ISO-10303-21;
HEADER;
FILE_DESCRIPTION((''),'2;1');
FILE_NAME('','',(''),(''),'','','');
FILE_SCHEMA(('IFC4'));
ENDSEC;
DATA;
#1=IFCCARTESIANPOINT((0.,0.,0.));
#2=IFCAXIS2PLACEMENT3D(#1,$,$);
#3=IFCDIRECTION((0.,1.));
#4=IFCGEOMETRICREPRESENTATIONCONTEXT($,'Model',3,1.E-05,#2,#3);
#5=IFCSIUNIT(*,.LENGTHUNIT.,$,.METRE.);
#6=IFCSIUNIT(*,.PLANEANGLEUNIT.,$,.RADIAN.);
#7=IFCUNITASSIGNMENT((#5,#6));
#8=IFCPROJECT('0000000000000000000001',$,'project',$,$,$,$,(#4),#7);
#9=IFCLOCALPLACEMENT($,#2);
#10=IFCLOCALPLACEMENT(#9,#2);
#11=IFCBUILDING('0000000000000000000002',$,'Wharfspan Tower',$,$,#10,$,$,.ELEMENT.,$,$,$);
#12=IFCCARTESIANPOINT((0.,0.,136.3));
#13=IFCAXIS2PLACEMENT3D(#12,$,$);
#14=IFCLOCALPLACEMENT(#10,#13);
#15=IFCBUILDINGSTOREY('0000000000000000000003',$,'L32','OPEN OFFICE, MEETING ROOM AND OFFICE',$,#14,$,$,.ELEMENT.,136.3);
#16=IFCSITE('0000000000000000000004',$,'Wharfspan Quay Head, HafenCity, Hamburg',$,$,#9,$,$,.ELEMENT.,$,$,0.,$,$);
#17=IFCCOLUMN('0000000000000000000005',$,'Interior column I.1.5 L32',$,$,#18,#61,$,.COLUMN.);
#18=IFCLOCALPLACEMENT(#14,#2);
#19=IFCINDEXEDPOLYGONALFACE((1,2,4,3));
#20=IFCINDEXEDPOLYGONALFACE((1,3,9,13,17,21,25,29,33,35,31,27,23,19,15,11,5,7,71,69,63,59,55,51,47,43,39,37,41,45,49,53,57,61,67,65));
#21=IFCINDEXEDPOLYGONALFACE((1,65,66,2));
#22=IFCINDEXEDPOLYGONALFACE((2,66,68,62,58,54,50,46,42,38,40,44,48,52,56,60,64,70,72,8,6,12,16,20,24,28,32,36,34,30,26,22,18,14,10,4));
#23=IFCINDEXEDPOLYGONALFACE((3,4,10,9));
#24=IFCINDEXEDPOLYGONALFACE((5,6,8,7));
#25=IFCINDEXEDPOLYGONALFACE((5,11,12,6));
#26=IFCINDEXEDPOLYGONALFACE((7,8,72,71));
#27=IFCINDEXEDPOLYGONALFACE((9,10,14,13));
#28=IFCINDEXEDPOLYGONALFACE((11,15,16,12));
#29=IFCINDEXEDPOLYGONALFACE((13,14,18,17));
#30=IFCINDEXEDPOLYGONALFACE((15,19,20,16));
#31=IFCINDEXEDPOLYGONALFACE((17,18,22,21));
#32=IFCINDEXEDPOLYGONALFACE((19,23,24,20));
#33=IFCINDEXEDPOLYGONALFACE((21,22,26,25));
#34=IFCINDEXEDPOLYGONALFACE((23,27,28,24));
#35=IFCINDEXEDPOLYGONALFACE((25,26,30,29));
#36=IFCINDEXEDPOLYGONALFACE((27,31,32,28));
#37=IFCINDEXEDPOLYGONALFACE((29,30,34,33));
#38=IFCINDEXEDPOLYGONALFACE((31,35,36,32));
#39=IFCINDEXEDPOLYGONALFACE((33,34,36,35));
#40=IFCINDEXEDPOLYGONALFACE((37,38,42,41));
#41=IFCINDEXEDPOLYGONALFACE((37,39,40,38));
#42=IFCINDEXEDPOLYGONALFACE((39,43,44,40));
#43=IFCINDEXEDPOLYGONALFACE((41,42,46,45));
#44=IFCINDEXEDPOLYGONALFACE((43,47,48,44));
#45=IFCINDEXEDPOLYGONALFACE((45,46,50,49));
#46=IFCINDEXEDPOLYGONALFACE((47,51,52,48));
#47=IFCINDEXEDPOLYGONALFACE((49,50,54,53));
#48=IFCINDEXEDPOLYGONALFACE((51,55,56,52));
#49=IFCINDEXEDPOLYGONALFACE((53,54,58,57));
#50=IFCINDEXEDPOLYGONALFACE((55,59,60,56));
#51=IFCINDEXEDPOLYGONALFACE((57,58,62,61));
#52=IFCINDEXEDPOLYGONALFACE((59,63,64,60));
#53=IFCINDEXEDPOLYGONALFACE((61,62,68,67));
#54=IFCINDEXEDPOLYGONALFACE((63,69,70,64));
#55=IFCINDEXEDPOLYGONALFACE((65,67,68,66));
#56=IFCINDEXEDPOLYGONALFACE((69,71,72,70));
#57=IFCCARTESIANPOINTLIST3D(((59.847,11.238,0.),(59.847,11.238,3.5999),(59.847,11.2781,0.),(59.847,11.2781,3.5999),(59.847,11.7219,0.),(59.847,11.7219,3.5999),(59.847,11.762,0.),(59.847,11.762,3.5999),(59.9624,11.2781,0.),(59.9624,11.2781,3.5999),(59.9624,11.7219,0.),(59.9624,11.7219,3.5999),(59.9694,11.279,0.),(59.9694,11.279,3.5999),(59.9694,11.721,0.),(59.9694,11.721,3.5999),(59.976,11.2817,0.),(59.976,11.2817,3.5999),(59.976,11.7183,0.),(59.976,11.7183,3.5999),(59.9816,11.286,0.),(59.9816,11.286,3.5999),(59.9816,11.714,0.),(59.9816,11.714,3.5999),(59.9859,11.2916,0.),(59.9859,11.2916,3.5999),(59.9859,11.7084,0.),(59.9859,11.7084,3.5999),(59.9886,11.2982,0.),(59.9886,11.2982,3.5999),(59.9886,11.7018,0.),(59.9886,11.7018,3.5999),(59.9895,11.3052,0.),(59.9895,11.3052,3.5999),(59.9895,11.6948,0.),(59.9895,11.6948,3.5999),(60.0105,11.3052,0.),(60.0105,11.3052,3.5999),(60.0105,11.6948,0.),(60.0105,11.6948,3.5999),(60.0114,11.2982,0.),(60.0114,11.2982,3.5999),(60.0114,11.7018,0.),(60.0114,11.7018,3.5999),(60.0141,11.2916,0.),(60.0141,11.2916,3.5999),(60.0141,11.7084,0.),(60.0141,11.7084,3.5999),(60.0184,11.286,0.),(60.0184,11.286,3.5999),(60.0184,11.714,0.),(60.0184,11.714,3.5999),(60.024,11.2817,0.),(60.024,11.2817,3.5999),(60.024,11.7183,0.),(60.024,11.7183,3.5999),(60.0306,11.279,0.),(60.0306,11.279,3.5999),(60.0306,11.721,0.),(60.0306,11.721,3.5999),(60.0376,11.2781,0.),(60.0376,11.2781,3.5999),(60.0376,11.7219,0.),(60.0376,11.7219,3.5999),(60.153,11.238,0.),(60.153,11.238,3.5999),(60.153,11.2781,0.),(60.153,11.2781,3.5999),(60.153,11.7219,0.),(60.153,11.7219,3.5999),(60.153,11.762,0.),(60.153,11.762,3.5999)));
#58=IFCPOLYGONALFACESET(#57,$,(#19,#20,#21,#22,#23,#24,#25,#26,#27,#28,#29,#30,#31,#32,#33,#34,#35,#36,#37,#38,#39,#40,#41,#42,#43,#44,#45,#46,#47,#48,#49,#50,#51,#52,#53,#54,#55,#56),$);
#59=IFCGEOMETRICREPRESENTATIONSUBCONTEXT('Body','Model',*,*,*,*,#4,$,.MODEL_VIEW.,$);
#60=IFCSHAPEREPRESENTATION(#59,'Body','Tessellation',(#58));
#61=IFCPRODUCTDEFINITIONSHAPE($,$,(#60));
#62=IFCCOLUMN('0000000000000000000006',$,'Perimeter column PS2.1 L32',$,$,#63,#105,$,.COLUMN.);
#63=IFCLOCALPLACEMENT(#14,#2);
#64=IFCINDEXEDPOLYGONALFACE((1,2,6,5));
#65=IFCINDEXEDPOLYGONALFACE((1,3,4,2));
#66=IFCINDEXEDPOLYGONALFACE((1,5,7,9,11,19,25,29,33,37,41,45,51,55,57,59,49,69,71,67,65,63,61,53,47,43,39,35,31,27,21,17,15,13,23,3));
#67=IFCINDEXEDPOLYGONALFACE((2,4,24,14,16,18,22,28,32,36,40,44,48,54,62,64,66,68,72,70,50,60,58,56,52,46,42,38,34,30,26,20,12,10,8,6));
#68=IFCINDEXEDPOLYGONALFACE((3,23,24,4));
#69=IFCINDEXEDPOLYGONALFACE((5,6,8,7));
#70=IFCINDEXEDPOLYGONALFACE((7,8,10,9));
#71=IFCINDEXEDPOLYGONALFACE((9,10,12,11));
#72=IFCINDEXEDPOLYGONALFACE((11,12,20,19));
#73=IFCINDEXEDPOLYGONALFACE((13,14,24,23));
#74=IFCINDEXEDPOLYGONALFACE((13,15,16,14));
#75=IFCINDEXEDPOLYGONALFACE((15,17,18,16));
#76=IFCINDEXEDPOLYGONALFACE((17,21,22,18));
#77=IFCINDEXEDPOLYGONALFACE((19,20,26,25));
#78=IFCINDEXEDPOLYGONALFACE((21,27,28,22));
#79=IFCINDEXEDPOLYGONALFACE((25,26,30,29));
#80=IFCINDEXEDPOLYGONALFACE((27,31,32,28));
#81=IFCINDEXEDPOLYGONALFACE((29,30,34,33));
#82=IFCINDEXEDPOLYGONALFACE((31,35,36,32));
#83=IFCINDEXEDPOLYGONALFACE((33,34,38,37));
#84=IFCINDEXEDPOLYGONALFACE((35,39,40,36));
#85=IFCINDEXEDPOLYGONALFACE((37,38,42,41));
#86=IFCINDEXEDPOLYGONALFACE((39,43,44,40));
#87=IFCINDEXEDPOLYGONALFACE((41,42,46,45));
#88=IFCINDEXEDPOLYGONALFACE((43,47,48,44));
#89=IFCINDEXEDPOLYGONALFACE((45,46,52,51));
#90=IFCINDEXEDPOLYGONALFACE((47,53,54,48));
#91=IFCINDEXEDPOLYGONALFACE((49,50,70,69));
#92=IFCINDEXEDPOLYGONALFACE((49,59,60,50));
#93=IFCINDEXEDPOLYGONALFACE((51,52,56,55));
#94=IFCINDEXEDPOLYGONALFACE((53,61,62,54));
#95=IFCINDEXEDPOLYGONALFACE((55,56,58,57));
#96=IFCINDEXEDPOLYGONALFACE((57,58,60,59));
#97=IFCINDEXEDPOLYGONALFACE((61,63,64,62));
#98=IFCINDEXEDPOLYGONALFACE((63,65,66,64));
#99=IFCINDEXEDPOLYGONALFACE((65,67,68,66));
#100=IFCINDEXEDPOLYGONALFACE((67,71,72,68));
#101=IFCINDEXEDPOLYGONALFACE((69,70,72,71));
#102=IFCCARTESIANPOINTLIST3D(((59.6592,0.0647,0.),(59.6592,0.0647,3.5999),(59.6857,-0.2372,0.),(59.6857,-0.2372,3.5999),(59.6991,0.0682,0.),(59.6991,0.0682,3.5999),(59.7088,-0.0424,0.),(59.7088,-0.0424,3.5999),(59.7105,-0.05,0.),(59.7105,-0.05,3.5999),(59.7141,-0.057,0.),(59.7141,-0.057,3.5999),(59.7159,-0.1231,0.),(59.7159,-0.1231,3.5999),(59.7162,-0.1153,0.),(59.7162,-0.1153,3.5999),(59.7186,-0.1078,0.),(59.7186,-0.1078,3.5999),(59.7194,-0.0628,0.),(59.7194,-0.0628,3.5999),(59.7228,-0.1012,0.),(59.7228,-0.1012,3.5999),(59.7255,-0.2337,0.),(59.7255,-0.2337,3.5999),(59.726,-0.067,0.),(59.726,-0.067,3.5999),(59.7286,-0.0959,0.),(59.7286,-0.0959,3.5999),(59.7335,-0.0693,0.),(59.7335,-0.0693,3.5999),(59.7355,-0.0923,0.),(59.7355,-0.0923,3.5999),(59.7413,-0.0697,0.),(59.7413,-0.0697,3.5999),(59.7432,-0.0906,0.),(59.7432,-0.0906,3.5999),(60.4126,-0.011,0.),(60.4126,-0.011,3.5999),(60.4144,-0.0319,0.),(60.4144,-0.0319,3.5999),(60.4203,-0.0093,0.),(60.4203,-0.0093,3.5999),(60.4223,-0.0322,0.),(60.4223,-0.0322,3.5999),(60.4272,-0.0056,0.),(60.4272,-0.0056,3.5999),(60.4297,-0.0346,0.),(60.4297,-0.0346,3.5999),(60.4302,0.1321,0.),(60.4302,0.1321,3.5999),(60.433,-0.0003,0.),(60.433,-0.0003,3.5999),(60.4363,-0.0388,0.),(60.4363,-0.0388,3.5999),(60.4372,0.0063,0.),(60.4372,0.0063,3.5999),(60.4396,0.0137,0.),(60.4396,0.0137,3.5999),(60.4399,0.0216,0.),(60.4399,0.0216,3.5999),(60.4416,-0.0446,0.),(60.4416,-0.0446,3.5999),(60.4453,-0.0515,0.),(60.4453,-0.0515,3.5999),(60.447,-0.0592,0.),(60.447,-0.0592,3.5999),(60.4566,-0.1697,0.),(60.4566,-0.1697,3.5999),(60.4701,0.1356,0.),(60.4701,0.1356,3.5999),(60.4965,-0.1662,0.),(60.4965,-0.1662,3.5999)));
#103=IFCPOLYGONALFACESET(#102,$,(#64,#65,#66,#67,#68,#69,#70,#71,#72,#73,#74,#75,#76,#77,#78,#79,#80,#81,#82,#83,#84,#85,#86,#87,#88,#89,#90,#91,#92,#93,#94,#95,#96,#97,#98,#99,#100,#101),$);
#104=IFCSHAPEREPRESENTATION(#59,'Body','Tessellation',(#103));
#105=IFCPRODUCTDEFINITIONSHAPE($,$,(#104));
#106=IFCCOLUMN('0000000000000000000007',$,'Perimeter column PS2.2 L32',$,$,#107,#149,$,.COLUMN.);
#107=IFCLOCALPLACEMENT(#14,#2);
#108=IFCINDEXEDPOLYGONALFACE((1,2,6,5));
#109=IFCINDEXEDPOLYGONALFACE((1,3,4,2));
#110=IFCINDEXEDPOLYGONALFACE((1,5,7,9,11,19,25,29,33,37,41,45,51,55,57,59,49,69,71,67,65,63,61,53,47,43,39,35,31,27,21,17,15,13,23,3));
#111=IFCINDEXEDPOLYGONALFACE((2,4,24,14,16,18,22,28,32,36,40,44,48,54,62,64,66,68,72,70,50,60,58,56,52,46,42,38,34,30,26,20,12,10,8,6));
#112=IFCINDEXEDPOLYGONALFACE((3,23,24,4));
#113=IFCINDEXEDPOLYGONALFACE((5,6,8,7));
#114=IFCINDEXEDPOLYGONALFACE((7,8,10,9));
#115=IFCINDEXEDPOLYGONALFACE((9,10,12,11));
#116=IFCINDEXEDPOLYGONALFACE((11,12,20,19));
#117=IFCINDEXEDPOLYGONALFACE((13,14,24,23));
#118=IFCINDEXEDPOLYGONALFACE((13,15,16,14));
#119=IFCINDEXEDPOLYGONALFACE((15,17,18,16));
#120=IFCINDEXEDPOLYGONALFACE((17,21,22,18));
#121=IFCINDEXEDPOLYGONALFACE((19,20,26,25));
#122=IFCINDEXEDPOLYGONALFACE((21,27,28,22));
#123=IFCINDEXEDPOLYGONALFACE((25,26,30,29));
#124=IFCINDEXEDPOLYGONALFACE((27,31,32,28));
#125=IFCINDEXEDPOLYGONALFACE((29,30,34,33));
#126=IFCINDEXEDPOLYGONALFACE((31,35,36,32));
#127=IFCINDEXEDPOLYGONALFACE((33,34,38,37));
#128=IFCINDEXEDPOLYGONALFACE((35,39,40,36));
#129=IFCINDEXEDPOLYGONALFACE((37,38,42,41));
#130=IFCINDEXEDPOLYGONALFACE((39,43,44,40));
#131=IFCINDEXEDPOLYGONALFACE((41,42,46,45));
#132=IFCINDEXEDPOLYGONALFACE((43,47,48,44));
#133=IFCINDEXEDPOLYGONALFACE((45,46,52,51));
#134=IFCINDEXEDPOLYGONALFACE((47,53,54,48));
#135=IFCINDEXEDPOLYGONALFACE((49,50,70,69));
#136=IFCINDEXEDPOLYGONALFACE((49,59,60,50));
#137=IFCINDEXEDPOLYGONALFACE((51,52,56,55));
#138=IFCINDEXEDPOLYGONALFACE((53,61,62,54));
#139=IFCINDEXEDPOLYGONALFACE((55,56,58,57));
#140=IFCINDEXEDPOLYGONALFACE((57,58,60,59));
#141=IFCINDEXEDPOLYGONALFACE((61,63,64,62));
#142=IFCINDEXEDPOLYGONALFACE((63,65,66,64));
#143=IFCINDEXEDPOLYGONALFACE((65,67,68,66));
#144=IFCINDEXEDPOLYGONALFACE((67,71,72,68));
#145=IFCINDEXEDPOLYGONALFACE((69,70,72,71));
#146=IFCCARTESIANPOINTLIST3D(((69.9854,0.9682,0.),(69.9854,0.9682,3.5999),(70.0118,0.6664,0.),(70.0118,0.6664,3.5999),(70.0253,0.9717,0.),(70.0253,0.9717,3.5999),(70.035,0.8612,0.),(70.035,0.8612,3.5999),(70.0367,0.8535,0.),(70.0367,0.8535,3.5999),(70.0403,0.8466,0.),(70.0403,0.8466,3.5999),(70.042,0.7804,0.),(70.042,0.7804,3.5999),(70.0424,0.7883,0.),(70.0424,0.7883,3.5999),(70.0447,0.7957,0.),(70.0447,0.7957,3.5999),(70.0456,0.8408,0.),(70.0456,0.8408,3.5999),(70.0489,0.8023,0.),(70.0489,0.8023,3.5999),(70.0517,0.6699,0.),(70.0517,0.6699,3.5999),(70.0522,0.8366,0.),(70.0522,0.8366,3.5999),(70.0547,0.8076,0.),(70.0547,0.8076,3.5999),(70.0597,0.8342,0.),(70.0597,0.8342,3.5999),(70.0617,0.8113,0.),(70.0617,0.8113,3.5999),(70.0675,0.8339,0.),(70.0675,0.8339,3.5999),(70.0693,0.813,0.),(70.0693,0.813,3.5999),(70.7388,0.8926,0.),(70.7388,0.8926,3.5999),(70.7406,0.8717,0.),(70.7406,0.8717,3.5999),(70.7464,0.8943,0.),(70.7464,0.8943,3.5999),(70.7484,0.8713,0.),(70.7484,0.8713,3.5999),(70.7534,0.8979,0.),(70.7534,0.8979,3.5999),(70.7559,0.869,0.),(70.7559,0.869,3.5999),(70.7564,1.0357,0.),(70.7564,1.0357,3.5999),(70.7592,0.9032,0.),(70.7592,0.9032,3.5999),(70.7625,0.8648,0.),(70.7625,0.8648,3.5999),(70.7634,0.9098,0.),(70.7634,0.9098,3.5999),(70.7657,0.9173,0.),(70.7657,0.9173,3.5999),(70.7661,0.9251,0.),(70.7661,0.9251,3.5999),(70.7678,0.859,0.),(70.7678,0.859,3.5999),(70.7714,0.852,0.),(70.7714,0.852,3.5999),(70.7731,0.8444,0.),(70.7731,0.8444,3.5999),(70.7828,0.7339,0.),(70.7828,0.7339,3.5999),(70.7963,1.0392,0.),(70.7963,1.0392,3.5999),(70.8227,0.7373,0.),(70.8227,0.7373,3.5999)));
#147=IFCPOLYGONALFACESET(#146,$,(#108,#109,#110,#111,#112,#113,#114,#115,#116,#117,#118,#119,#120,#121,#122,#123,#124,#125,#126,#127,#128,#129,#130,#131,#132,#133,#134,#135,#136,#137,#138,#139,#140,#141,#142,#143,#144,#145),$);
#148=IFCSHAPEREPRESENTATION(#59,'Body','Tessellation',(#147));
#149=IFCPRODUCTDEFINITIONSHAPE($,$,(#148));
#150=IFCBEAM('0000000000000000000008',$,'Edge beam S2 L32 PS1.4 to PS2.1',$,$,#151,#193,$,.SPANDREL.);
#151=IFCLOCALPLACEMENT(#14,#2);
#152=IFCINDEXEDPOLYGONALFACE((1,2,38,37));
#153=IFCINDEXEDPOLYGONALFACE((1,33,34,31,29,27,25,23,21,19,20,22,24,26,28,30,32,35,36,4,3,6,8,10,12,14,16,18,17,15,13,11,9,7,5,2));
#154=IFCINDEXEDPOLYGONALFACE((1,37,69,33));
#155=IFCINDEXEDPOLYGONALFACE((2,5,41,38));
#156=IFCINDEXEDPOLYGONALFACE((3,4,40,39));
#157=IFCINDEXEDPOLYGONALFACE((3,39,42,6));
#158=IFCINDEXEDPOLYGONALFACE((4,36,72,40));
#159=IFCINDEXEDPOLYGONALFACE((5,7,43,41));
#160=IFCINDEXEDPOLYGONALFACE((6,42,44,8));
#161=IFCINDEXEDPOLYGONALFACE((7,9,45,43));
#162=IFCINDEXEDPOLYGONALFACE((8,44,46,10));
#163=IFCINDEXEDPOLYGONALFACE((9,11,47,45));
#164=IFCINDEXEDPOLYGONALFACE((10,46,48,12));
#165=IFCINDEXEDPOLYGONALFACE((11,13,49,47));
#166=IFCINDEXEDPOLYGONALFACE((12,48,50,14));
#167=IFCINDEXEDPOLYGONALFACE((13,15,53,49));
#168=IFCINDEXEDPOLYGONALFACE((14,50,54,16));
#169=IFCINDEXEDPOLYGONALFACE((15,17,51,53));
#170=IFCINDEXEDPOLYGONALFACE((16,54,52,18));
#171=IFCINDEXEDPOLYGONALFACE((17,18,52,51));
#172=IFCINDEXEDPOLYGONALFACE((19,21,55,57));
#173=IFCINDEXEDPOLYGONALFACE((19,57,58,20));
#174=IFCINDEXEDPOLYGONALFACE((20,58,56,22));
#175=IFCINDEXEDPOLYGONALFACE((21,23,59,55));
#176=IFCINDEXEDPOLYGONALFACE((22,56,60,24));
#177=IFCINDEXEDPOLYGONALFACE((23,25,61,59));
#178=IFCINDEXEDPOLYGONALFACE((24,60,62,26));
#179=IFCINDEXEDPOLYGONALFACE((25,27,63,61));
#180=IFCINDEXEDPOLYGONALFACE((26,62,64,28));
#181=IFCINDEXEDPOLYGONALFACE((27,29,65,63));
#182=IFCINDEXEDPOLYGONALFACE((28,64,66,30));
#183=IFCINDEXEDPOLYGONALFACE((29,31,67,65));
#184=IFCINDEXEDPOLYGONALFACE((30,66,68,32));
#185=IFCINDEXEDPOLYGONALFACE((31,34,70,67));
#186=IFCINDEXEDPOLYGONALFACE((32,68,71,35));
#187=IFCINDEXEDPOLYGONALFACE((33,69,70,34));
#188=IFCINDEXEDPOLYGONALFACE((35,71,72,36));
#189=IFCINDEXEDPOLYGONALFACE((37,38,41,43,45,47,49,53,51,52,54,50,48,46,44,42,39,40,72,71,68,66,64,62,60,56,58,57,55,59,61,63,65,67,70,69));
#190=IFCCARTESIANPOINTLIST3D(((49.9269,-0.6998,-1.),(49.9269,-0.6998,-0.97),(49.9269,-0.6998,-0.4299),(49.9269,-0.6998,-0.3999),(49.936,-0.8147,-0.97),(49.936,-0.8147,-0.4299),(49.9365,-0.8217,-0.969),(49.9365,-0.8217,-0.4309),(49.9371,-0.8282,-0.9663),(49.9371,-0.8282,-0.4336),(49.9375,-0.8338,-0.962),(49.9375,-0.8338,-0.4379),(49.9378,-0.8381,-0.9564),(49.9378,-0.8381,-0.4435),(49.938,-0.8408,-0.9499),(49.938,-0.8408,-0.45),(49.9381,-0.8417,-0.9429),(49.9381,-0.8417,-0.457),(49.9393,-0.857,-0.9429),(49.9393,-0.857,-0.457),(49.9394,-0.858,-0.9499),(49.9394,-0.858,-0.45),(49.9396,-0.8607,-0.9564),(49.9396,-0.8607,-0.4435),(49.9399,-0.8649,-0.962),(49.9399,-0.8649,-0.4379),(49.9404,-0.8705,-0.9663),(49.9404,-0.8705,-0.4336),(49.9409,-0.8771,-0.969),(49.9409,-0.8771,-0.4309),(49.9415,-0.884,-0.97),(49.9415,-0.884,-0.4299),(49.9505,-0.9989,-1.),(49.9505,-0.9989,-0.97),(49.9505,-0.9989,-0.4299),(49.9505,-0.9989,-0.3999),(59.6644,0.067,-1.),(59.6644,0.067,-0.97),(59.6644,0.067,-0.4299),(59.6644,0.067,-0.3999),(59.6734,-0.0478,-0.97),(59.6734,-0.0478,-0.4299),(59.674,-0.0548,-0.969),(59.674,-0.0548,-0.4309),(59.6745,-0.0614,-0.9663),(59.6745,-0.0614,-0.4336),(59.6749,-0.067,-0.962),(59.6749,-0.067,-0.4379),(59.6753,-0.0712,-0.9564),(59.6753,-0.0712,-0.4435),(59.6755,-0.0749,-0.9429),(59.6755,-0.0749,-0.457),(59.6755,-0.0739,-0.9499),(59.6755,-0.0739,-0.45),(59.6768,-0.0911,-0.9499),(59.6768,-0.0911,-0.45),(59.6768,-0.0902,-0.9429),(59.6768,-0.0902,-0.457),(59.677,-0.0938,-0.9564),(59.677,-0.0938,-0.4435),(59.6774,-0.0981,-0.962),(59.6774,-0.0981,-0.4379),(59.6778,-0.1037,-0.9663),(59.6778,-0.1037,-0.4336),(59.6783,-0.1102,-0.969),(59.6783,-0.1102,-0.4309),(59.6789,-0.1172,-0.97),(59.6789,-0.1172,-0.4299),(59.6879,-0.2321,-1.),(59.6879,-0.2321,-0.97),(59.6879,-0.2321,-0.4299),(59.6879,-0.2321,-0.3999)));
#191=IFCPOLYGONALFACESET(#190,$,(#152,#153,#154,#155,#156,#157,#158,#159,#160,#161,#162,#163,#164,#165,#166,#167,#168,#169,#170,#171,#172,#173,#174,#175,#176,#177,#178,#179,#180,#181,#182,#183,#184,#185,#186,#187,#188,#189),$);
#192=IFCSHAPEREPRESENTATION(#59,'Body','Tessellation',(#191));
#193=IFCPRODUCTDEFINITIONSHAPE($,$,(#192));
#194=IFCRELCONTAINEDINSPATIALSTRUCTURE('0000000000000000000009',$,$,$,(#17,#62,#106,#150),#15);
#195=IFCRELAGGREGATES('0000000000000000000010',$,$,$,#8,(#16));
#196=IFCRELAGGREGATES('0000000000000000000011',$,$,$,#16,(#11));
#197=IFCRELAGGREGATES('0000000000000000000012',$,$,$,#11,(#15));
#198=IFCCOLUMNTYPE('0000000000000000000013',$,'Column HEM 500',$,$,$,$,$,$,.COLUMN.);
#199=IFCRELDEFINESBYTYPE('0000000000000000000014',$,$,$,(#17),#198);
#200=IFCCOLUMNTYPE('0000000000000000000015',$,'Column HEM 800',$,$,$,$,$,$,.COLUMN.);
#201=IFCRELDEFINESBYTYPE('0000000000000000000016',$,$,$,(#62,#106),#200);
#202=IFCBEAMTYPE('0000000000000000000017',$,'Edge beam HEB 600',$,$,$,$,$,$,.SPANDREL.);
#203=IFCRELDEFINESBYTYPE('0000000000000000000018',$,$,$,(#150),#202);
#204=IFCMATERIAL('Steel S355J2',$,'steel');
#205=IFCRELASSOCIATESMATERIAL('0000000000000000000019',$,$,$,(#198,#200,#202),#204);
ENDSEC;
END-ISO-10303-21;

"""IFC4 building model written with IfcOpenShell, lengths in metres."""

from ifc_helpers import new_model, si_unit, direction, frame, origin, origin_2d, place, context, subcontext, project, spatial, i_section, extrude, material, material_profile, profile_set, type_object, element, save


model = new_model("IFC4")

# Units and contexts
model_context = context("Model", 3, precision=1e-05, world=origin(), true_north=direction((0.0, 1.0)))
body_context = subcontext(model_context, "Body", "Model", "MODEL_VIEW")
ifc_project = project(units=[si_unit("LENGTHUNIT", "METRE"), si_unit("PLANEANGLEUNIT", "RADIAN")], contexts=[model_context])

# Site, building, storey
site_placement = place(None, origin())
site = spatial("IfcSite", under=ifc_project, at=site_placement, Name="Wharfspan Quay Head, HafenCity, Hamburg", CompositionType="ELEMENT", RefElevation=0.0)
building_placement = place(site_placement, origin())
building = spatial("IfcBuilding", under=site, at=building_placement, Name="Wharfspan Tower", CompositionType="ELEMENT")
storey_placement = place(building_placement, frame((0.0, 0.0, 136.3)))
storey = spatial("IfcBuildingStorey", under=building, at=storey_placement, Name="L32", Description="OPEN OFFICE, MEETING ROOM AND OFFICE", CompositionType="ELEMENT", Elevation=136.3)

# Columns
ifc_material_1 = material(Name="Steel S355J2", Category="steel")
ifc_material_profile_1 = material_profile(ifc_material_1, i_section(OverallWidth=0.3059, OverallDepth=0.5239, WebThickness=0.021, FlangeThickness=0.04, FilletRadius=0.0271, at=origin_2d()))
ifc_profile_set_1 = profile_set([ifc_material_profile_1], Name="Steel S355J2")
column_type_1 = type_object("IfcColumnType", Name="Column HEM 500", PredefinedType="COLUMN", material=ifc_profile_set_1)
column_placement = place(storey_placement, frame((60.0, 11.5, 0.0), z_axis=(0.0, 0.0, 1.0), x_axis=(1.0, 0.0, 0.0)))
element("IfcColumn", 1, at=column_placement, inside=storey, type_object=column_type_1, Name="Interior column I.1.5 L32", PredefinedType="COLUMN", context=body_context, shape_type="SweptSolid", body=[
    extrude(i_section(OverallWidth=0.3059, OverallDepth=0.5239, WebThickness=0.021, FlangeThickness=0.04, FilletRadius=0.0271, at=origin_2d()), origin(), (0.0, 0.0, 1.0), 3.5999),
])
ifc_material_profile_2 = material_profile(ifc_material_1, i_section(OverallWidth=0.303, OverallDepth=0.814, WebThickness=0.021, FlangeThickness=0.04, FilletRadius=0.03, at=origin_2d()))
ifc_profile_set_2 = profile_set([ifc_material_profile_2], Name="Steel S355J2")
column_type_2 = type_object("IfcColumnType", Name="Column HEM 800", PredefinedType="COLUMN", material=ifc_profile_set_2)
for number, where, z_axis, x_axis, name in (
    (2, (60.0779, -0.0508, 0.0), (0.0, 0.0, 1.0), (0.087156, -0.996198, 0.0), "Perimeter column PS2.1 L32"),
    (3, (70.4041, 0.8528, 0.0), (0.0, 0.0, 1.0), (0.087156, -0.996198, 0.0), "Perimeter column PS2.2 L32"),
):
    element("IfcColumn", number, at=place(storey_placement, frame(where, z_axis=z_axis, x_axis=x_axis)), inside=storey, type_object=column_type_2, Name=name, PredefinedType="COLUMN", context=body_context, shape_type="SweptSolid", body=[
        extrude(i_section(OverallWidth=0.303, OverallDepth=0.814, WebThickness=0.021, FlangeThickness=0.04, FilletRadius=0.03, at=origin_2d()), origin(), (0.0, 0.0, 1.0), 3.5999),
    ])

# Beam
ifc_material_profile_3 = material_profile(ifc_material_1, i_section(OverallWidth=0.3, OverallDepth=0.6001, WebThickness=0.0154, FlangeThickness=0.03, FilletRadius=0.0271, at=origin_2d()))
ifc_profile_set_3 = profile_set([ifc_material_profile_3], Name="Steel S355J2")
beam_type = type_object("IfcBeamType", Name="Edge beam HEB 600", PredefinedType="SPANDREL", material=ifc_profile_set_3)
beam_1_placement = place(storey_placement, frame((49.9387, -0.8494, -0.7), z_axis=(0.996913, 0.078508, 0.0), x_axis=(-0.078508, 0.996913, 0.0)))
element("IfcBeam", 4, at=beam_1_placement, inside=storey, type_object=beam_type, Name="Edge beam S2 L32 PS1.4 to PS2.1", PredefinedType="SPANDREL", context=body_context, shape_type="SweptSolid", body=[
    extrude(i_section(OverallWidth=0.3, OverallDepth=0.6001, WebThickness=0.0154, FlangeThickness=0.03, FilletRadius=0.0271, at=origin_2d()), origin(), (0.0, 0.0, 1.0), 9.7676),
])

save(model, "model.ifc")
